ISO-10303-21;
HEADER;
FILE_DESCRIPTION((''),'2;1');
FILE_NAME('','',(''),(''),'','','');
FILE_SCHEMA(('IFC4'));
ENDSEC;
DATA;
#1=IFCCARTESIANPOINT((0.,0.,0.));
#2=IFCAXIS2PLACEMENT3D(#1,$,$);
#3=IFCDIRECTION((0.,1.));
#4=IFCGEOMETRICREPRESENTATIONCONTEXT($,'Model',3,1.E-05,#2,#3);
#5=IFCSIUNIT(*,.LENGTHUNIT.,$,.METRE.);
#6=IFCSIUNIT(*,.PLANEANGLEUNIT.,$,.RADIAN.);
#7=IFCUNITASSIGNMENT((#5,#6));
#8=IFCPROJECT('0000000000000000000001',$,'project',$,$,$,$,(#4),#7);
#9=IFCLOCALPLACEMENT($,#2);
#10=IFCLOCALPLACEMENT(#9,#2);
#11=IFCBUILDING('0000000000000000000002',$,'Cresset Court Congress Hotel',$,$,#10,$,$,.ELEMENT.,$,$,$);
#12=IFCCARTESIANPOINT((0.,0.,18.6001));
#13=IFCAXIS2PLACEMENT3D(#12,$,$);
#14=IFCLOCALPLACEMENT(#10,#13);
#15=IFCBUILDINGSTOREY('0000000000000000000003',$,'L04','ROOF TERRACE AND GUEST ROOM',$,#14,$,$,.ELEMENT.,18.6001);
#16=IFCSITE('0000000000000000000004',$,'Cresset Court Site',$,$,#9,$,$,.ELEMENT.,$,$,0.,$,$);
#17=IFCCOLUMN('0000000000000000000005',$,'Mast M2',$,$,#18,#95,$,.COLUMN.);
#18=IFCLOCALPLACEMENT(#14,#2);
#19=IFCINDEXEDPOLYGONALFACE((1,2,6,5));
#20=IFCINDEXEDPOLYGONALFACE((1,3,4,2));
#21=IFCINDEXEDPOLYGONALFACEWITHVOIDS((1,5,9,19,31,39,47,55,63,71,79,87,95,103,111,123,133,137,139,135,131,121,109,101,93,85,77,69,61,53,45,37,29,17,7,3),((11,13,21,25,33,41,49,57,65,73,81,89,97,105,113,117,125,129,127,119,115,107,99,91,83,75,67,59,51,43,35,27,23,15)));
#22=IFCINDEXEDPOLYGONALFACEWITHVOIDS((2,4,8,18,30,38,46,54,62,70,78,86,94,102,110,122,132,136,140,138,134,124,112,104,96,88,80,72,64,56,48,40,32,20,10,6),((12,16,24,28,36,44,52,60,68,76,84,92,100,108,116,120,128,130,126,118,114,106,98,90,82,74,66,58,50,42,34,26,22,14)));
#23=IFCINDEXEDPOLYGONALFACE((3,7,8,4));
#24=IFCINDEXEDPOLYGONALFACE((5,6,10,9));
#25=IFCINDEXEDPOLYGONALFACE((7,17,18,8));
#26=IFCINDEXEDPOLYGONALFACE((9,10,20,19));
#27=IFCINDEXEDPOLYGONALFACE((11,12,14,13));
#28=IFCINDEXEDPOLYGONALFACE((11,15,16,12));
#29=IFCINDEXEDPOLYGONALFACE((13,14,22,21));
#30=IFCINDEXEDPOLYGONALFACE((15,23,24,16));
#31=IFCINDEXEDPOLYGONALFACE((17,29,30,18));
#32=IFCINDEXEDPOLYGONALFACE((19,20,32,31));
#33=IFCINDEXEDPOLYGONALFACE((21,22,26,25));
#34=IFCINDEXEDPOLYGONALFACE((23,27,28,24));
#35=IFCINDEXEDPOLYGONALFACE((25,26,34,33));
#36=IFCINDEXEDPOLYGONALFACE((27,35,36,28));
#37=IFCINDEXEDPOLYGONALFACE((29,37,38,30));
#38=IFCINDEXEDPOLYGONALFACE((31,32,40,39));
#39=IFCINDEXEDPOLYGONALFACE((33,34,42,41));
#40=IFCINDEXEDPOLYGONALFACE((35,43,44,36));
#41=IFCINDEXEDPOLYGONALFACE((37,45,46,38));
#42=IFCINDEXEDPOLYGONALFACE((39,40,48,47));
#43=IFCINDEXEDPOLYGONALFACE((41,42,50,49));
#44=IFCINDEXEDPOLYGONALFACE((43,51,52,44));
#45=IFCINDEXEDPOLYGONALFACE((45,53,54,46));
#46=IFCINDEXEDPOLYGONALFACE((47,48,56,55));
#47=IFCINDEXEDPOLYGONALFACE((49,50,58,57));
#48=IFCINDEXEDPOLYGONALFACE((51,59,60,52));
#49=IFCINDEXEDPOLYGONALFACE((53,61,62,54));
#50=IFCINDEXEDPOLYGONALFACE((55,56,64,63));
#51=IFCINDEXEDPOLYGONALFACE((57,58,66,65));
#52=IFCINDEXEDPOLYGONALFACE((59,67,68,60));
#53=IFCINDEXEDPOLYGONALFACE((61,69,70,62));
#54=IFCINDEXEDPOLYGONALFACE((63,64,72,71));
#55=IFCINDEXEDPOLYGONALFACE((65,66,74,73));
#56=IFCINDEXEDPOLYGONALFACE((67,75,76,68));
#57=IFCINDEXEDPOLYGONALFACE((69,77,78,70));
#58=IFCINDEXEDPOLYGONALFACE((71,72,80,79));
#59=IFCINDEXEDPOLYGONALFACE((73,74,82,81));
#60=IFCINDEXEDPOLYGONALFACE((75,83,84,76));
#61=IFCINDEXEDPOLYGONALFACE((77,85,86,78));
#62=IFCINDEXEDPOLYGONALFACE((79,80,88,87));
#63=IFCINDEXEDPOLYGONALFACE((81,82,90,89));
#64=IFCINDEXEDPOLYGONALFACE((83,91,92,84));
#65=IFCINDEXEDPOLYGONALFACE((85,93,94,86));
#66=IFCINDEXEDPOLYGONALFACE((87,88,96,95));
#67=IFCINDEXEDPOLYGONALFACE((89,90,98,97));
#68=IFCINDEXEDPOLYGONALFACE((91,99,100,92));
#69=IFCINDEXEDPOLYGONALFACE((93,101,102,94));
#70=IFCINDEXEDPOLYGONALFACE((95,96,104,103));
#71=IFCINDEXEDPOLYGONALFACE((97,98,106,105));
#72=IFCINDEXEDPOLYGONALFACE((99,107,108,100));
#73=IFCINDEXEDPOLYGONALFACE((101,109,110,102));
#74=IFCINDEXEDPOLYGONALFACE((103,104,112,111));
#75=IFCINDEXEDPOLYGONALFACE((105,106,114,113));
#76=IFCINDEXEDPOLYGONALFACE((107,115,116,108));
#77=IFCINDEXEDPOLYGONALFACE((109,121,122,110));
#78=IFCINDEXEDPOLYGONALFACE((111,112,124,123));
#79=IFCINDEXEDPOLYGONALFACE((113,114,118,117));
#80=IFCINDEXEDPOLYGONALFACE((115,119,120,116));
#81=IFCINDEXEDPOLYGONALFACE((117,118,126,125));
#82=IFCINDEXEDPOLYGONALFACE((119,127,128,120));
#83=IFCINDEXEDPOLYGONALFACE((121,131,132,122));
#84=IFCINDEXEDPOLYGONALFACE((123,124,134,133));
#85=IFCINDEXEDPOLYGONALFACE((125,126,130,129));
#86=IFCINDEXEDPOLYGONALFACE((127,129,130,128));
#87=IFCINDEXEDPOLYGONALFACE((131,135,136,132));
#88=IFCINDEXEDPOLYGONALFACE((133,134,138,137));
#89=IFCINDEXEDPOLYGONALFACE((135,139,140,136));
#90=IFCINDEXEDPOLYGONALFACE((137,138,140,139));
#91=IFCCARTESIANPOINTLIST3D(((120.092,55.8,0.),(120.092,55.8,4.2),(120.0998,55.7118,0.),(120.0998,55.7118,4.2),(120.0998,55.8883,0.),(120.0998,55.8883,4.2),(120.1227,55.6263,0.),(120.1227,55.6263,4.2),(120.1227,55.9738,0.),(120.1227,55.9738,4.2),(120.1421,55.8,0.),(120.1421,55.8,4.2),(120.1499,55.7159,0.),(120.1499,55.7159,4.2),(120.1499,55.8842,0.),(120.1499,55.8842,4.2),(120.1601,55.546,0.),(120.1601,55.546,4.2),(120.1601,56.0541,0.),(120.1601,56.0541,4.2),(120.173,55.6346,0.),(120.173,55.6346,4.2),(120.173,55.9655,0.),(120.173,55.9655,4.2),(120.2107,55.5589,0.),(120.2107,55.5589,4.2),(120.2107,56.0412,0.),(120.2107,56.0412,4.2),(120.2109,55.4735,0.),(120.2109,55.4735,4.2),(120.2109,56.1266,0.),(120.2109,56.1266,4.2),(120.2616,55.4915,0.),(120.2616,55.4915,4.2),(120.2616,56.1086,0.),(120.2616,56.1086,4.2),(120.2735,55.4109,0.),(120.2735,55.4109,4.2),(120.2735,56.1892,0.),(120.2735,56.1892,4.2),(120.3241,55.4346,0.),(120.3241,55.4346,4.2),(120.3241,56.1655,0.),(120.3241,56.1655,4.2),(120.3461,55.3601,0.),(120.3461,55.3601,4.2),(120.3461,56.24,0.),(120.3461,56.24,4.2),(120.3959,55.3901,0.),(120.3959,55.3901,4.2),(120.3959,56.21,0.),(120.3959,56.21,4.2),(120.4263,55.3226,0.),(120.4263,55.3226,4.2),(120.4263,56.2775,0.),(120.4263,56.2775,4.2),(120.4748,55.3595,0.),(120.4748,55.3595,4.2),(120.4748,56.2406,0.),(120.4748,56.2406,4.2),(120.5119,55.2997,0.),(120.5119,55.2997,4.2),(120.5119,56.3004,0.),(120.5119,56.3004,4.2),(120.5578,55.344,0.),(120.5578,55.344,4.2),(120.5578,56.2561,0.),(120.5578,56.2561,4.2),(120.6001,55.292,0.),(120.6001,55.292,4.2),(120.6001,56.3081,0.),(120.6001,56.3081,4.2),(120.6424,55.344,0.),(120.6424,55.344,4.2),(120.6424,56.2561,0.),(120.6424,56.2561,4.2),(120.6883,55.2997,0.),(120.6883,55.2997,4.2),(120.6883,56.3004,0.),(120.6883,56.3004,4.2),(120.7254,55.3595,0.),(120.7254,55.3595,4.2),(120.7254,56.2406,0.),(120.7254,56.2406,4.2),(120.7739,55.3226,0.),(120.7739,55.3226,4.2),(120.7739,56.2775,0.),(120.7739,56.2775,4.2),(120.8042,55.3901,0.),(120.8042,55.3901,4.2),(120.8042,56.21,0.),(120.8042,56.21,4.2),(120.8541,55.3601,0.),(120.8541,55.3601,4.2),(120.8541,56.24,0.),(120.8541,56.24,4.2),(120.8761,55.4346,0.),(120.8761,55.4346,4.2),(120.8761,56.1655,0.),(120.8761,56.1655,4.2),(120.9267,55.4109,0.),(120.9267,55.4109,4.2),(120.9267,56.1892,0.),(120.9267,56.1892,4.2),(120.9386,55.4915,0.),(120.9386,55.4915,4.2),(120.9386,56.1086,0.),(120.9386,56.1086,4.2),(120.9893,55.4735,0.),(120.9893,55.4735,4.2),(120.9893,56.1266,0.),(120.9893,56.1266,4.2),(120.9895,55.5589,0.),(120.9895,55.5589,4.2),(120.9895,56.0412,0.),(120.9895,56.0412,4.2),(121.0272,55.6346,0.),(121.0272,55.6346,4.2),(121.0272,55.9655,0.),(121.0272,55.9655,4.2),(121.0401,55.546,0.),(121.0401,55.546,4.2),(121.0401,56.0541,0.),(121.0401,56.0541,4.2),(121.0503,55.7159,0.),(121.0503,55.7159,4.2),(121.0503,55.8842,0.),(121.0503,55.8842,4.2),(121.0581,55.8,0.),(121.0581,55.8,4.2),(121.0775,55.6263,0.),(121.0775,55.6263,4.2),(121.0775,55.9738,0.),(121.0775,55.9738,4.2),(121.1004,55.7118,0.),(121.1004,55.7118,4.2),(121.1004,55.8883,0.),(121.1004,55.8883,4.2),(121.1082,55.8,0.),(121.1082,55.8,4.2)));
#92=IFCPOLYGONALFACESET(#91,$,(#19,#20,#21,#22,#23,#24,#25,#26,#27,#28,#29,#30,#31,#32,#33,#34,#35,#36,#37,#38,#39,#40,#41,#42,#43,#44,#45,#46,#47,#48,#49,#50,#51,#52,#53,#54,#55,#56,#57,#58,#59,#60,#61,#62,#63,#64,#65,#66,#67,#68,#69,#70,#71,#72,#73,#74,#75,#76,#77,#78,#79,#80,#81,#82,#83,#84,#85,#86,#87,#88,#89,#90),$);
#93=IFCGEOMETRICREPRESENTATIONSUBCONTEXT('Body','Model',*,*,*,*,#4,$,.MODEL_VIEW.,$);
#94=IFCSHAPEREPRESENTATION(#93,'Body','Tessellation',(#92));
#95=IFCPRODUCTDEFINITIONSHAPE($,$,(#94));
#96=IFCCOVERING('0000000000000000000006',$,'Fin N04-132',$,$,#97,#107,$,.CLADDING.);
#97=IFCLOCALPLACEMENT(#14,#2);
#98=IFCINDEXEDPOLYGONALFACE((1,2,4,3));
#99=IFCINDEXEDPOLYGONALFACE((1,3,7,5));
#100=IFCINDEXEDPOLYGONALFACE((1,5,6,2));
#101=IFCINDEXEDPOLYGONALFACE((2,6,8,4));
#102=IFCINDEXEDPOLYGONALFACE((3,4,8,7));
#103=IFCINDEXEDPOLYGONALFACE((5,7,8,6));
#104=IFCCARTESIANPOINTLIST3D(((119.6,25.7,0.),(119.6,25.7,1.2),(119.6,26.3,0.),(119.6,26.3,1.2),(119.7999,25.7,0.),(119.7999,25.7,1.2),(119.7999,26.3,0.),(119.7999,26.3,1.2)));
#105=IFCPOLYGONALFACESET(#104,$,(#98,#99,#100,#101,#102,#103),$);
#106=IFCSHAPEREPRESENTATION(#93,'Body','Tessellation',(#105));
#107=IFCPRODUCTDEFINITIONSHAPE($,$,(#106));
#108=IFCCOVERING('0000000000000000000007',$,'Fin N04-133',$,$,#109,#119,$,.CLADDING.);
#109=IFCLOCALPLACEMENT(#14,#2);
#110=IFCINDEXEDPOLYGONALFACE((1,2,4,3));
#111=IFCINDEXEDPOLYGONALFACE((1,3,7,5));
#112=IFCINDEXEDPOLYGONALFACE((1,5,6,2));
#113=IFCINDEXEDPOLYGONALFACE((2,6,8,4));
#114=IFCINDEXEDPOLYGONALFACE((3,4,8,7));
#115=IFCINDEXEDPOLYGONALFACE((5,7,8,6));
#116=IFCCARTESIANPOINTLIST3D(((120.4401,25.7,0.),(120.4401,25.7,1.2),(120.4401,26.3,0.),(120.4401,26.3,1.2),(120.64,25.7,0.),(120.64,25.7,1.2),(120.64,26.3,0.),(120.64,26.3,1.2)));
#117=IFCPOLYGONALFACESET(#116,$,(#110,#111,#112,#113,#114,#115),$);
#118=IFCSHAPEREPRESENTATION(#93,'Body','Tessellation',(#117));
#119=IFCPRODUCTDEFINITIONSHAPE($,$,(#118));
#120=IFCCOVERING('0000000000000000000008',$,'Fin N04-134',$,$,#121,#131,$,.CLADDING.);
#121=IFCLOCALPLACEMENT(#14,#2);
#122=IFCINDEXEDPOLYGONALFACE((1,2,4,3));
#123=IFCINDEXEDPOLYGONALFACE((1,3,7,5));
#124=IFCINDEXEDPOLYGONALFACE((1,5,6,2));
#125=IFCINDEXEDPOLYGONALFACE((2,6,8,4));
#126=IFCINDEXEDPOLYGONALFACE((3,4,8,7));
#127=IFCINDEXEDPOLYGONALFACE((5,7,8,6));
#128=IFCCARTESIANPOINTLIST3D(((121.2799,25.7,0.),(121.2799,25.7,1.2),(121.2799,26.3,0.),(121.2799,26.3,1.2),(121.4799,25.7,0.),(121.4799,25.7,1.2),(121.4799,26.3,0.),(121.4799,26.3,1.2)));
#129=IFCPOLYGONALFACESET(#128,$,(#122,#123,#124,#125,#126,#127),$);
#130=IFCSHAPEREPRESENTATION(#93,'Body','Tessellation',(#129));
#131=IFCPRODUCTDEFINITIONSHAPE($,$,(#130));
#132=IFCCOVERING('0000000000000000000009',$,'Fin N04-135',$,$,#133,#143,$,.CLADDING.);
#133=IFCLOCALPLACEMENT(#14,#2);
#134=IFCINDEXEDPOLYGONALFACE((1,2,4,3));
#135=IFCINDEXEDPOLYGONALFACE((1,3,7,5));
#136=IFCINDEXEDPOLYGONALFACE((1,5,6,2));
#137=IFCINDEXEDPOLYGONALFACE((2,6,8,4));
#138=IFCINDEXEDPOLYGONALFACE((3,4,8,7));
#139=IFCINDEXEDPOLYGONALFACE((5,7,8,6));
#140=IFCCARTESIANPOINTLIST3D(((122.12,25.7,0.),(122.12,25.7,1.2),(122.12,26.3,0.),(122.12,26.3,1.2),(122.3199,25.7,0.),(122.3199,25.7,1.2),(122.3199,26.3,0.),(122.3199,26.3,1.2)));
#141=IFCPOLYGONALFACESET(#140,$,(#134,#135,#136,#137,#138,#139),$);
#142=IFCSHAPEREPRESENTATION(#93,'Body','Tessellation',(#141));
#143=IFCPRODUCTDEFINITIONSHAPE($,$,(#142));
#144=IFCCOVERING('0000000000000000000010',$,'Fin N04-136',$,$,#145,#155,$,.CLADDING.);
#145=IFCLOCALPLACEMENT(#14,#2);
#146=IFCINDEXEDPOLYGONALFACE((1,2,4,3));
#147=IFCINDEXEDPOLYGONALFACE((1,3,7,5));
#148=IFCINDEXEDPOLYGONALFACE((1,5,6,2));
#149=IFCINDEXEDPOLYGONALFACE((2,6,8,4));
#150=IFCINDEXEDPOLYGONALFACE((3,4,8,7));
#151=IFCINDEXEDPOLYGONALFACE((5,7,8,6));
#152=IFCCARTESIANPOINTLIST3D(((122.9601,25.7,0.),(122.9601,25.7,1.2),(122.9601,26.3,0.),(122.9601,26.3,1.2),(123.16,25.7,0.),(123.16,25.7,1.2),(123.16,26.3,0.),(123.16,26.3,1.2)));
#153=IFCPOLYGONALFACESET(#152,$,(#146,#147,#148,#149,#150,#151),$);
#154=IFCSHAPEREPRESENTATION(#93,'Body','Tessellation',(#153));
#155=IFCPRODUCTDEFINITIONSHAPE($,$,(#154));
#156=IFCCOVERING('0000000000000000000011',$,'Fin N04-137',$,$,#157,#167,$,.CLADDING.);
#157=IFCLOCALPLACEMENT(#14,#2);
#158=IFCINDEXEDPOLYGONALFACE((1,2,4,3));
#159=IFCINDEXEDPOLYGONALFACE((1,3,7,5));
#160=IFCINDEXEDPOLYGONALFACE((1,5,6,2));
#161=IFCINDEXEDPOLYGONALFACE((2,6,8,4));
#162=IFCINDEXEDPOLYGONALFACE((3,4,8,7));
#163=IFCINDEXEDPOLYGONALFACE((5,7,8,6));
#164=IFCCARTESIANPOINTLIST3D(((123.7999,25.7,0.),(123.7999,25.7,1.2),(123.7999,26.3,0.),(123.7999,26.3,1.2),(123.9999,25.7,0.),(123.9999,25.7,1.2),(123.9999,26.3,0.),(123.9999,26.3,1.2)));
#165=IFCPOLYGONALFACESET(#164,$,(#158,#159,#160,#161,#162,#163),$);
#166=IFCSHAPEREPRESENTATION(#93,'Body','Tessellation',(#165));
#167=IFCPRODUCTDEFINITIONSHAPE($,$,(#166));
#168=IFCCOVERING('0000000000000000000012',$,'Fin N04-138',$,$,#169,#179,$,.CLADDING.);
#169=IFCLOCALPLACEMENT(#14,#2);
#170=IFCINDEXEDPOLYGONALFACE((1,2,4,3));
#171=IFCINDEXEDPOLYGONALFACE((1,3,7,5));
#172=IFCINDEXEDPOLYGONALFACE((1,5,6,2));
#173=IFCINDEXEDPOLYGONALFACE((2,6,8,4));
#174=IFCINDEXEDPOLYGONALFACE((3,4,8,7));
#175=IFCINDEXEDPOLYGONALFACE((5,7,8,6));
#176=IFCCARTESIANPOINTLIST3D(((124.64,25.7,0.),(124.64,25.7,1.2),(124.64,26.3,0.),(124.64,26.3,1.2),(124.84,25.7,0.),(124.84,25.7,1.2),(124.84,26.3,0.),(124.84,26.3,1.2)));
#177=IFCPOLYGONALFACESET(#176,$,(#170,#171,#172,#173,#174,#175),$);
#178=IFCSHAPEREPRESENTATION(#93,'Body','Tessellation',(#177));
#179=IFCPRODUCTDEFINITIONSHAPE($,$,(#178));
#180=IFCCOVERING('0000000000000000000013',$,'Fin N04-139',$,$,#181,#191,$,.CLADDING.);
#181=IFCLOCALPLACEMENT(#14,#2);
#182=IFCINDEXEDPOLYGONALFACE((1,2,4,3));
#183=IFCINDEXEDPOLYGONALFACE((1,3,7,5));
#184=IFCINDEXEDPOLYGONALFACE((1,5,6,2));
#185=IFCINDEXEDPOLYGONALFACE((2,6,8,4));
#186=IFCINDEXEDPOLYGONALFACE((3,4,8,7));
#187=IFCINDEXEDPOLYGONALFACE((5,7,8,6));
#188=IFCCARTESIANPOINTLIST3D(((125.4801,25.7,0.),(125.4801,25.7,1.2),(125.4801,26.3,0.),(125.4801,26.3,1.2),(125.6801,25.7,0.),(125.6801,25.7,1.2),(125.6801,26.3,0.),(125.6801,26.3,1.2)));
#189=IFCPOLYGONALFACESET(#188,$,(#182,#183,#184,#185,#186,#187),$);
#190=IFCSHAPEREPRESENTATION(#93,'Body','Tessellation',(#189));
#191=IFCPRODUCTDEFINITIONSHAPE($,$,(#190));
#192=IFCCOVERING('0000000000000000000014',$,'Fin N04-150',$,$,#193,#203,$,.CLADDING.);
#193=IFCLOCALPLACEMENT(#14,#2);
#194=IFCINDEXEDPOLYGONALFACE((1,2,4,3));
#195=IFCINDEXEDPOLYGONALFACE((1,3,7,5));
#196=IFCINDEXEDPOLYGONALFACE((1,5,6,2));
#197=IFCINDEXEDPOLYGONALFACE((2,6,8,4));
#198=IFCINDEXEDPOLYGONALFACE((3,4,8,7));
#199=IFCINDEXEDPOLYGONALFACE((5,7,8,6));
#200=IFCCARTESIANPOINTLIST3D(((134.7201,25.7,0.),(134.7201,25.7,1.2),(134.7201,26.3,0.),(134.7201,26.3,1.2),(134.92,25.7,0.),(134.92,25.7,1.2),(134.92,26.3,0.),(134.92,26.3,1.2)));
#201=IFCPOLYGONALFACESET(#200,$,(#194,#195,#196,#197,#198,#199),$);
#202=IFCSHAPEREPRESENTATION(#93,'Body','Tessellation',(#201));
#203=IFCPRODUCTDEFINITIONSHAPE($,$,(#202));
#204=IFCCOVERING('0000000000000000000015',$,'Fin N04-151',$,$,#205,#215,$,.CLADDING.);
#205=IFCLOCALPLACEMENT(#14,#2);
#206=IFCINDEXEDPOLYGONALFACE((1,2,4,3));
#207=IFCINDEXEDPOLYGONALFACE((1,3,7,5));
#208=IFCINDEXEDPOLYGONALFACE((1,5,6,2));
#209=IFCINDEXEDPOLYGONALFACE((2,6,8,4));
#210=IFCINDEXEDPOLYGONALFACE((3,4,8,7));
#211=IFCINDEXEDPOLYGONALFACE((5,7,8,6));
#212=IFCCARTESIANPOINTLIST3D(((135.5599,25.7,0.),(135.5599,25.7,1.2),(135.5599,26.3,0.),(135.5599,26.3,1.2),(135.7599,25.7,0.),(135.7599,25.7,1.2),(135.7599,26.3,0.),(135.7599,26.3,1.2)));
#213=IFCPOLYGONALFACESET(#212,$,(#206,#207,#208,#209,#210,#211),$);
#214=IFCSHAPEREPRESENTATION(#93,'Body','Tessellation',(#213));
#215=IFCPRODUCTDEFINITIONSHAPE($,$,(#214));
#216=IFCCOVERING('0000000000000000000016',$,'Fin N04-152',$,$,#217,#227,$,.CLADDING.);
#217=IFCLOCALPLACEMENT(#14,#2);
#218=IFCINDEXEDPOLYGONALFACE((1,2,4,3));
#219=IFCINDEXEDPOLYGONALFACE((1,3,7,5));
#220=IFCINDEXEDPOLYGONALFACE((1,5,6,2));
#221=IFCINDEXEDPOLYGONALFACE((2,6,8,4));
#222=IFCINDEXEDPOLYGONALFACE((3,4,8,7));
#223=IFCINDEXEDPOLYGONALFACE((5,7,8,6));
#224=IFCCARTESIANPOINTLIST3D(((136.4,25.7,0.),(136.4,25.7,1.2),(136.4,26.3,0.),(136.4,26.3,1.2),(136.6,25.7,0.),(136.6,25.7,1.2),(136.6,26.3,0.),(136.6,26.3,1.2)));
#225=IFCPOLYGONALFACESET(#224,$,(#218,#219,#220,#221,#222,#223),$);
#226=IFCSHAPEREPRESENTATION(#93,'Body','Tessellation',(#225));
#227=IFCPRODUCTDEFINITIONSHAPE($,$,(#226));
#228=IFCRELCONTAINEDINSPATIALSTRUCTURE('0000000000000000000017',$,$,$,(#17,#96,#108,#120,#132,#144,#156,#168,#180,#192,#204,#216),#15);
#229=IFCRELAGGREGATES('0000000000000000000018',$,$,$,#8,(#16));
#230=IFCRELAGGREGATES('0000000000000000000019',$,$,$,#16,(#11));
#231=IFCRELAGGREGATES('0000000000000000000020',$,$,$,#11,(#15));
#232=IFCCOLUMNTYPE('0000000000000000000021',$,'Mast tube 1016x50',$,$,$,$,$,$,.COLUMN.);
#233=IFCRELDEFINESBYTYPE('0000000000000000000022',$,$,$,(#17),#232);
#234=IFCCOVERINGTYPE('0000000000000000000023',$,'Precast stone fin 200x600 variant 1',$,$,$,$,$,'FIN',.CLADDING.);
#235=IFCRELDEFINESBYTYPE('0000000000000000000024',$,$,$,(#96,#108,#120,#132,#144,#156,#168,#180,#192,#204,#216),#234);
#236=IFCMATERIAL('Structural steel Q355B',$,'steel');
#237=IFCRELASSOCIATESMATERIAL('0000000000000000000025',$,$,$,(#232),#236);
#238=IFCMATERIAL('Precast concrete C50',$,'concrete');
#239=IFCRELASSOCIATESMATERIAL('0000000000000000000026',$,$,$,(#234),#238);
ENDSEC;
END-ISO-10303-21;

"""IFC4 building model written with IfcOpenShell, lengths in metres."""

from ifc_helpers import new_model, si_unit, direction, frame, origin, origin_2d, place, context, subcontext, project, spatial, rectangle, hollow_circle, extrude, material, material_profile, profile_set, type_object, element, save


model = new_model("IFC4")

# Units and contexts
model_context = context("Model", 3, precision=1e-05, world=origin(), true_north=direction((0.0, 1.0)))
body_context = subcontext(model_context, "Body", "Model", "MODEL_VIEW")
ifc_project = project(units=[si_unit("LENGTHUNIT", "METRE"), si_unit("PLANEANGLEUNIT", "RADIAN")], contexts=[model_context])

# Site, building, storey
site_placement = place(None, origin())
site = spatial("IfcSite", under=ifc_project, at=site_placement, Name="Cresset Court Site", CompositionType="ELEMENT", RefElevation=0.0)
building_placement = place(site_placement, origin())
building = spatial("IfcBuilding", under=site, at=building_placement, Name="Cresset Court Congress Hotel", CompositionType="ELEMENT")
storey_placement = place(building_placement, frame((0.0, 0.0, 18.6001)))
storey = spatial("IfcBuildingStorey", under=building, at=storey_placement, Name="L04", Description="ROOF TERRACE AND GUEST ROOM", CompositionType="ELEMENT", Elevation=18.6001)

# Column
ifc_material_1 = material(Name="Structural steel Q355B", Category="steel")
ifc_material_profile = material_profile(ifc_material_1, hollow_circle(Radius=0.5081, WallThickness=0.05, at=origin_2d()), Name="CHS1016x50")
ifc_profile_set = profile_set([ifc_material_profile], Name="Structural steel Q355B")
column_type = type_object("IfcColumnType", Name="Mast tube 1016x50", PredefinedType="COLUMN", material=ifc_profile_set)
column_placement = place(storey_placement, frame((120.6001, 55.8, 0.0), z_axis=(0.0, 0.0, 1.0), x_axis=(1.0, 0.0, 0.0)))
element("IfcColumn", 1, at=column_placement, inside=storey, type_object=column_type, Name="Mast M2", PredefinedType="COLUMN", context=body_context, shape_type="SweptSolid", body=[
    extrude(hollow_circle(Radius=0.5081, WallThickness=0.05, at=origin_2d()), origin(), (0.0, 0.0, 1.0), 4.2),
])

# Coverings
ifc_material_2 = material(Name="Precast concrete C50", Category="concrete")
covering_type_1 = type_object("IfcCoveringType", Name="Precast stone fin 200x600 variant 1", ElementType="FIN", PredefinedType="CLADDING", material=ifc_material_2)
for number, where, z_axis, x_axis, name in (
    (2, (119.7, 26.0, 0.0), (0.0, 0.0, 1.0), (1.0, 0.0, 0.0), "Fin N04-132"),
    (3, (120.54, 26.0, 0.0), (0.0, 0.0, 1.0), (1.0, 0.0, 0.0), "Fin N04-133"),
    (4, (121.3799, 26.0, 0.0), (0.0, 0.0, 1.0), (1.0, 0.0, 0.0), "Fin N04-134"),
    (5, (122.22, 26.0, 0.0), (0.0, 0.0, 1.0), (1.0, 0.0, 0.0), "Fin N04-135"),
    (6, (123.0601, 26.0, 0.0), (0.0, 0.0, 1.0), (1.0, 0.0, 0.0), "Fin N04-136"),
    (7, (123.8999, 26.0, 0.0), (0.0, 0.0, 1.0), (1.0, 0.0, 0.0), "Fin N04-137"),
    (8, (124.74, 26.0, 0.0), (0.0, 0.0, 1.0), (1.0, 0.0, 0.0), "Fin N04-138"),
    (9, (125.5801, 26.0, 0.0), (0.0, 0.0, 1.0), (1.0, 0.0, 0.0), "Fin N04-139"),
    (10, (134.8201, 26.0, 0.0), (0.0, 0.0, 1.0), (1.0, 0.0, 0.0), "Fin N04-150"),
    (11, (135.6599, 26.0, 0.0), (0.0, 0.0, 1.0), (1.0, 0.0, 0.0), "Fin N04-151"),
    (12, (136.5, 26.0, 0.0), (0.0, 0.0, 1.0), (1.0, 0.0, 0.0), "Fin N04-152"),
):
    element("IfcCovering", number, at=place(storey_placement, frame(where, z_axis=z_axis, x_axis=x_axis)), inside=storey, type_object=covering_type_1, Name=name, PredefinedType="CLADDING", context=body_context, shape_type="SweptSolid", body=[
        extrude(rectangle(XDim=0.2, YDim=0.6001, at=origin_2d()), origin(), (0.0, 0.0, 1.0), 1.2),
    ])

save(model, "model.ifc")
